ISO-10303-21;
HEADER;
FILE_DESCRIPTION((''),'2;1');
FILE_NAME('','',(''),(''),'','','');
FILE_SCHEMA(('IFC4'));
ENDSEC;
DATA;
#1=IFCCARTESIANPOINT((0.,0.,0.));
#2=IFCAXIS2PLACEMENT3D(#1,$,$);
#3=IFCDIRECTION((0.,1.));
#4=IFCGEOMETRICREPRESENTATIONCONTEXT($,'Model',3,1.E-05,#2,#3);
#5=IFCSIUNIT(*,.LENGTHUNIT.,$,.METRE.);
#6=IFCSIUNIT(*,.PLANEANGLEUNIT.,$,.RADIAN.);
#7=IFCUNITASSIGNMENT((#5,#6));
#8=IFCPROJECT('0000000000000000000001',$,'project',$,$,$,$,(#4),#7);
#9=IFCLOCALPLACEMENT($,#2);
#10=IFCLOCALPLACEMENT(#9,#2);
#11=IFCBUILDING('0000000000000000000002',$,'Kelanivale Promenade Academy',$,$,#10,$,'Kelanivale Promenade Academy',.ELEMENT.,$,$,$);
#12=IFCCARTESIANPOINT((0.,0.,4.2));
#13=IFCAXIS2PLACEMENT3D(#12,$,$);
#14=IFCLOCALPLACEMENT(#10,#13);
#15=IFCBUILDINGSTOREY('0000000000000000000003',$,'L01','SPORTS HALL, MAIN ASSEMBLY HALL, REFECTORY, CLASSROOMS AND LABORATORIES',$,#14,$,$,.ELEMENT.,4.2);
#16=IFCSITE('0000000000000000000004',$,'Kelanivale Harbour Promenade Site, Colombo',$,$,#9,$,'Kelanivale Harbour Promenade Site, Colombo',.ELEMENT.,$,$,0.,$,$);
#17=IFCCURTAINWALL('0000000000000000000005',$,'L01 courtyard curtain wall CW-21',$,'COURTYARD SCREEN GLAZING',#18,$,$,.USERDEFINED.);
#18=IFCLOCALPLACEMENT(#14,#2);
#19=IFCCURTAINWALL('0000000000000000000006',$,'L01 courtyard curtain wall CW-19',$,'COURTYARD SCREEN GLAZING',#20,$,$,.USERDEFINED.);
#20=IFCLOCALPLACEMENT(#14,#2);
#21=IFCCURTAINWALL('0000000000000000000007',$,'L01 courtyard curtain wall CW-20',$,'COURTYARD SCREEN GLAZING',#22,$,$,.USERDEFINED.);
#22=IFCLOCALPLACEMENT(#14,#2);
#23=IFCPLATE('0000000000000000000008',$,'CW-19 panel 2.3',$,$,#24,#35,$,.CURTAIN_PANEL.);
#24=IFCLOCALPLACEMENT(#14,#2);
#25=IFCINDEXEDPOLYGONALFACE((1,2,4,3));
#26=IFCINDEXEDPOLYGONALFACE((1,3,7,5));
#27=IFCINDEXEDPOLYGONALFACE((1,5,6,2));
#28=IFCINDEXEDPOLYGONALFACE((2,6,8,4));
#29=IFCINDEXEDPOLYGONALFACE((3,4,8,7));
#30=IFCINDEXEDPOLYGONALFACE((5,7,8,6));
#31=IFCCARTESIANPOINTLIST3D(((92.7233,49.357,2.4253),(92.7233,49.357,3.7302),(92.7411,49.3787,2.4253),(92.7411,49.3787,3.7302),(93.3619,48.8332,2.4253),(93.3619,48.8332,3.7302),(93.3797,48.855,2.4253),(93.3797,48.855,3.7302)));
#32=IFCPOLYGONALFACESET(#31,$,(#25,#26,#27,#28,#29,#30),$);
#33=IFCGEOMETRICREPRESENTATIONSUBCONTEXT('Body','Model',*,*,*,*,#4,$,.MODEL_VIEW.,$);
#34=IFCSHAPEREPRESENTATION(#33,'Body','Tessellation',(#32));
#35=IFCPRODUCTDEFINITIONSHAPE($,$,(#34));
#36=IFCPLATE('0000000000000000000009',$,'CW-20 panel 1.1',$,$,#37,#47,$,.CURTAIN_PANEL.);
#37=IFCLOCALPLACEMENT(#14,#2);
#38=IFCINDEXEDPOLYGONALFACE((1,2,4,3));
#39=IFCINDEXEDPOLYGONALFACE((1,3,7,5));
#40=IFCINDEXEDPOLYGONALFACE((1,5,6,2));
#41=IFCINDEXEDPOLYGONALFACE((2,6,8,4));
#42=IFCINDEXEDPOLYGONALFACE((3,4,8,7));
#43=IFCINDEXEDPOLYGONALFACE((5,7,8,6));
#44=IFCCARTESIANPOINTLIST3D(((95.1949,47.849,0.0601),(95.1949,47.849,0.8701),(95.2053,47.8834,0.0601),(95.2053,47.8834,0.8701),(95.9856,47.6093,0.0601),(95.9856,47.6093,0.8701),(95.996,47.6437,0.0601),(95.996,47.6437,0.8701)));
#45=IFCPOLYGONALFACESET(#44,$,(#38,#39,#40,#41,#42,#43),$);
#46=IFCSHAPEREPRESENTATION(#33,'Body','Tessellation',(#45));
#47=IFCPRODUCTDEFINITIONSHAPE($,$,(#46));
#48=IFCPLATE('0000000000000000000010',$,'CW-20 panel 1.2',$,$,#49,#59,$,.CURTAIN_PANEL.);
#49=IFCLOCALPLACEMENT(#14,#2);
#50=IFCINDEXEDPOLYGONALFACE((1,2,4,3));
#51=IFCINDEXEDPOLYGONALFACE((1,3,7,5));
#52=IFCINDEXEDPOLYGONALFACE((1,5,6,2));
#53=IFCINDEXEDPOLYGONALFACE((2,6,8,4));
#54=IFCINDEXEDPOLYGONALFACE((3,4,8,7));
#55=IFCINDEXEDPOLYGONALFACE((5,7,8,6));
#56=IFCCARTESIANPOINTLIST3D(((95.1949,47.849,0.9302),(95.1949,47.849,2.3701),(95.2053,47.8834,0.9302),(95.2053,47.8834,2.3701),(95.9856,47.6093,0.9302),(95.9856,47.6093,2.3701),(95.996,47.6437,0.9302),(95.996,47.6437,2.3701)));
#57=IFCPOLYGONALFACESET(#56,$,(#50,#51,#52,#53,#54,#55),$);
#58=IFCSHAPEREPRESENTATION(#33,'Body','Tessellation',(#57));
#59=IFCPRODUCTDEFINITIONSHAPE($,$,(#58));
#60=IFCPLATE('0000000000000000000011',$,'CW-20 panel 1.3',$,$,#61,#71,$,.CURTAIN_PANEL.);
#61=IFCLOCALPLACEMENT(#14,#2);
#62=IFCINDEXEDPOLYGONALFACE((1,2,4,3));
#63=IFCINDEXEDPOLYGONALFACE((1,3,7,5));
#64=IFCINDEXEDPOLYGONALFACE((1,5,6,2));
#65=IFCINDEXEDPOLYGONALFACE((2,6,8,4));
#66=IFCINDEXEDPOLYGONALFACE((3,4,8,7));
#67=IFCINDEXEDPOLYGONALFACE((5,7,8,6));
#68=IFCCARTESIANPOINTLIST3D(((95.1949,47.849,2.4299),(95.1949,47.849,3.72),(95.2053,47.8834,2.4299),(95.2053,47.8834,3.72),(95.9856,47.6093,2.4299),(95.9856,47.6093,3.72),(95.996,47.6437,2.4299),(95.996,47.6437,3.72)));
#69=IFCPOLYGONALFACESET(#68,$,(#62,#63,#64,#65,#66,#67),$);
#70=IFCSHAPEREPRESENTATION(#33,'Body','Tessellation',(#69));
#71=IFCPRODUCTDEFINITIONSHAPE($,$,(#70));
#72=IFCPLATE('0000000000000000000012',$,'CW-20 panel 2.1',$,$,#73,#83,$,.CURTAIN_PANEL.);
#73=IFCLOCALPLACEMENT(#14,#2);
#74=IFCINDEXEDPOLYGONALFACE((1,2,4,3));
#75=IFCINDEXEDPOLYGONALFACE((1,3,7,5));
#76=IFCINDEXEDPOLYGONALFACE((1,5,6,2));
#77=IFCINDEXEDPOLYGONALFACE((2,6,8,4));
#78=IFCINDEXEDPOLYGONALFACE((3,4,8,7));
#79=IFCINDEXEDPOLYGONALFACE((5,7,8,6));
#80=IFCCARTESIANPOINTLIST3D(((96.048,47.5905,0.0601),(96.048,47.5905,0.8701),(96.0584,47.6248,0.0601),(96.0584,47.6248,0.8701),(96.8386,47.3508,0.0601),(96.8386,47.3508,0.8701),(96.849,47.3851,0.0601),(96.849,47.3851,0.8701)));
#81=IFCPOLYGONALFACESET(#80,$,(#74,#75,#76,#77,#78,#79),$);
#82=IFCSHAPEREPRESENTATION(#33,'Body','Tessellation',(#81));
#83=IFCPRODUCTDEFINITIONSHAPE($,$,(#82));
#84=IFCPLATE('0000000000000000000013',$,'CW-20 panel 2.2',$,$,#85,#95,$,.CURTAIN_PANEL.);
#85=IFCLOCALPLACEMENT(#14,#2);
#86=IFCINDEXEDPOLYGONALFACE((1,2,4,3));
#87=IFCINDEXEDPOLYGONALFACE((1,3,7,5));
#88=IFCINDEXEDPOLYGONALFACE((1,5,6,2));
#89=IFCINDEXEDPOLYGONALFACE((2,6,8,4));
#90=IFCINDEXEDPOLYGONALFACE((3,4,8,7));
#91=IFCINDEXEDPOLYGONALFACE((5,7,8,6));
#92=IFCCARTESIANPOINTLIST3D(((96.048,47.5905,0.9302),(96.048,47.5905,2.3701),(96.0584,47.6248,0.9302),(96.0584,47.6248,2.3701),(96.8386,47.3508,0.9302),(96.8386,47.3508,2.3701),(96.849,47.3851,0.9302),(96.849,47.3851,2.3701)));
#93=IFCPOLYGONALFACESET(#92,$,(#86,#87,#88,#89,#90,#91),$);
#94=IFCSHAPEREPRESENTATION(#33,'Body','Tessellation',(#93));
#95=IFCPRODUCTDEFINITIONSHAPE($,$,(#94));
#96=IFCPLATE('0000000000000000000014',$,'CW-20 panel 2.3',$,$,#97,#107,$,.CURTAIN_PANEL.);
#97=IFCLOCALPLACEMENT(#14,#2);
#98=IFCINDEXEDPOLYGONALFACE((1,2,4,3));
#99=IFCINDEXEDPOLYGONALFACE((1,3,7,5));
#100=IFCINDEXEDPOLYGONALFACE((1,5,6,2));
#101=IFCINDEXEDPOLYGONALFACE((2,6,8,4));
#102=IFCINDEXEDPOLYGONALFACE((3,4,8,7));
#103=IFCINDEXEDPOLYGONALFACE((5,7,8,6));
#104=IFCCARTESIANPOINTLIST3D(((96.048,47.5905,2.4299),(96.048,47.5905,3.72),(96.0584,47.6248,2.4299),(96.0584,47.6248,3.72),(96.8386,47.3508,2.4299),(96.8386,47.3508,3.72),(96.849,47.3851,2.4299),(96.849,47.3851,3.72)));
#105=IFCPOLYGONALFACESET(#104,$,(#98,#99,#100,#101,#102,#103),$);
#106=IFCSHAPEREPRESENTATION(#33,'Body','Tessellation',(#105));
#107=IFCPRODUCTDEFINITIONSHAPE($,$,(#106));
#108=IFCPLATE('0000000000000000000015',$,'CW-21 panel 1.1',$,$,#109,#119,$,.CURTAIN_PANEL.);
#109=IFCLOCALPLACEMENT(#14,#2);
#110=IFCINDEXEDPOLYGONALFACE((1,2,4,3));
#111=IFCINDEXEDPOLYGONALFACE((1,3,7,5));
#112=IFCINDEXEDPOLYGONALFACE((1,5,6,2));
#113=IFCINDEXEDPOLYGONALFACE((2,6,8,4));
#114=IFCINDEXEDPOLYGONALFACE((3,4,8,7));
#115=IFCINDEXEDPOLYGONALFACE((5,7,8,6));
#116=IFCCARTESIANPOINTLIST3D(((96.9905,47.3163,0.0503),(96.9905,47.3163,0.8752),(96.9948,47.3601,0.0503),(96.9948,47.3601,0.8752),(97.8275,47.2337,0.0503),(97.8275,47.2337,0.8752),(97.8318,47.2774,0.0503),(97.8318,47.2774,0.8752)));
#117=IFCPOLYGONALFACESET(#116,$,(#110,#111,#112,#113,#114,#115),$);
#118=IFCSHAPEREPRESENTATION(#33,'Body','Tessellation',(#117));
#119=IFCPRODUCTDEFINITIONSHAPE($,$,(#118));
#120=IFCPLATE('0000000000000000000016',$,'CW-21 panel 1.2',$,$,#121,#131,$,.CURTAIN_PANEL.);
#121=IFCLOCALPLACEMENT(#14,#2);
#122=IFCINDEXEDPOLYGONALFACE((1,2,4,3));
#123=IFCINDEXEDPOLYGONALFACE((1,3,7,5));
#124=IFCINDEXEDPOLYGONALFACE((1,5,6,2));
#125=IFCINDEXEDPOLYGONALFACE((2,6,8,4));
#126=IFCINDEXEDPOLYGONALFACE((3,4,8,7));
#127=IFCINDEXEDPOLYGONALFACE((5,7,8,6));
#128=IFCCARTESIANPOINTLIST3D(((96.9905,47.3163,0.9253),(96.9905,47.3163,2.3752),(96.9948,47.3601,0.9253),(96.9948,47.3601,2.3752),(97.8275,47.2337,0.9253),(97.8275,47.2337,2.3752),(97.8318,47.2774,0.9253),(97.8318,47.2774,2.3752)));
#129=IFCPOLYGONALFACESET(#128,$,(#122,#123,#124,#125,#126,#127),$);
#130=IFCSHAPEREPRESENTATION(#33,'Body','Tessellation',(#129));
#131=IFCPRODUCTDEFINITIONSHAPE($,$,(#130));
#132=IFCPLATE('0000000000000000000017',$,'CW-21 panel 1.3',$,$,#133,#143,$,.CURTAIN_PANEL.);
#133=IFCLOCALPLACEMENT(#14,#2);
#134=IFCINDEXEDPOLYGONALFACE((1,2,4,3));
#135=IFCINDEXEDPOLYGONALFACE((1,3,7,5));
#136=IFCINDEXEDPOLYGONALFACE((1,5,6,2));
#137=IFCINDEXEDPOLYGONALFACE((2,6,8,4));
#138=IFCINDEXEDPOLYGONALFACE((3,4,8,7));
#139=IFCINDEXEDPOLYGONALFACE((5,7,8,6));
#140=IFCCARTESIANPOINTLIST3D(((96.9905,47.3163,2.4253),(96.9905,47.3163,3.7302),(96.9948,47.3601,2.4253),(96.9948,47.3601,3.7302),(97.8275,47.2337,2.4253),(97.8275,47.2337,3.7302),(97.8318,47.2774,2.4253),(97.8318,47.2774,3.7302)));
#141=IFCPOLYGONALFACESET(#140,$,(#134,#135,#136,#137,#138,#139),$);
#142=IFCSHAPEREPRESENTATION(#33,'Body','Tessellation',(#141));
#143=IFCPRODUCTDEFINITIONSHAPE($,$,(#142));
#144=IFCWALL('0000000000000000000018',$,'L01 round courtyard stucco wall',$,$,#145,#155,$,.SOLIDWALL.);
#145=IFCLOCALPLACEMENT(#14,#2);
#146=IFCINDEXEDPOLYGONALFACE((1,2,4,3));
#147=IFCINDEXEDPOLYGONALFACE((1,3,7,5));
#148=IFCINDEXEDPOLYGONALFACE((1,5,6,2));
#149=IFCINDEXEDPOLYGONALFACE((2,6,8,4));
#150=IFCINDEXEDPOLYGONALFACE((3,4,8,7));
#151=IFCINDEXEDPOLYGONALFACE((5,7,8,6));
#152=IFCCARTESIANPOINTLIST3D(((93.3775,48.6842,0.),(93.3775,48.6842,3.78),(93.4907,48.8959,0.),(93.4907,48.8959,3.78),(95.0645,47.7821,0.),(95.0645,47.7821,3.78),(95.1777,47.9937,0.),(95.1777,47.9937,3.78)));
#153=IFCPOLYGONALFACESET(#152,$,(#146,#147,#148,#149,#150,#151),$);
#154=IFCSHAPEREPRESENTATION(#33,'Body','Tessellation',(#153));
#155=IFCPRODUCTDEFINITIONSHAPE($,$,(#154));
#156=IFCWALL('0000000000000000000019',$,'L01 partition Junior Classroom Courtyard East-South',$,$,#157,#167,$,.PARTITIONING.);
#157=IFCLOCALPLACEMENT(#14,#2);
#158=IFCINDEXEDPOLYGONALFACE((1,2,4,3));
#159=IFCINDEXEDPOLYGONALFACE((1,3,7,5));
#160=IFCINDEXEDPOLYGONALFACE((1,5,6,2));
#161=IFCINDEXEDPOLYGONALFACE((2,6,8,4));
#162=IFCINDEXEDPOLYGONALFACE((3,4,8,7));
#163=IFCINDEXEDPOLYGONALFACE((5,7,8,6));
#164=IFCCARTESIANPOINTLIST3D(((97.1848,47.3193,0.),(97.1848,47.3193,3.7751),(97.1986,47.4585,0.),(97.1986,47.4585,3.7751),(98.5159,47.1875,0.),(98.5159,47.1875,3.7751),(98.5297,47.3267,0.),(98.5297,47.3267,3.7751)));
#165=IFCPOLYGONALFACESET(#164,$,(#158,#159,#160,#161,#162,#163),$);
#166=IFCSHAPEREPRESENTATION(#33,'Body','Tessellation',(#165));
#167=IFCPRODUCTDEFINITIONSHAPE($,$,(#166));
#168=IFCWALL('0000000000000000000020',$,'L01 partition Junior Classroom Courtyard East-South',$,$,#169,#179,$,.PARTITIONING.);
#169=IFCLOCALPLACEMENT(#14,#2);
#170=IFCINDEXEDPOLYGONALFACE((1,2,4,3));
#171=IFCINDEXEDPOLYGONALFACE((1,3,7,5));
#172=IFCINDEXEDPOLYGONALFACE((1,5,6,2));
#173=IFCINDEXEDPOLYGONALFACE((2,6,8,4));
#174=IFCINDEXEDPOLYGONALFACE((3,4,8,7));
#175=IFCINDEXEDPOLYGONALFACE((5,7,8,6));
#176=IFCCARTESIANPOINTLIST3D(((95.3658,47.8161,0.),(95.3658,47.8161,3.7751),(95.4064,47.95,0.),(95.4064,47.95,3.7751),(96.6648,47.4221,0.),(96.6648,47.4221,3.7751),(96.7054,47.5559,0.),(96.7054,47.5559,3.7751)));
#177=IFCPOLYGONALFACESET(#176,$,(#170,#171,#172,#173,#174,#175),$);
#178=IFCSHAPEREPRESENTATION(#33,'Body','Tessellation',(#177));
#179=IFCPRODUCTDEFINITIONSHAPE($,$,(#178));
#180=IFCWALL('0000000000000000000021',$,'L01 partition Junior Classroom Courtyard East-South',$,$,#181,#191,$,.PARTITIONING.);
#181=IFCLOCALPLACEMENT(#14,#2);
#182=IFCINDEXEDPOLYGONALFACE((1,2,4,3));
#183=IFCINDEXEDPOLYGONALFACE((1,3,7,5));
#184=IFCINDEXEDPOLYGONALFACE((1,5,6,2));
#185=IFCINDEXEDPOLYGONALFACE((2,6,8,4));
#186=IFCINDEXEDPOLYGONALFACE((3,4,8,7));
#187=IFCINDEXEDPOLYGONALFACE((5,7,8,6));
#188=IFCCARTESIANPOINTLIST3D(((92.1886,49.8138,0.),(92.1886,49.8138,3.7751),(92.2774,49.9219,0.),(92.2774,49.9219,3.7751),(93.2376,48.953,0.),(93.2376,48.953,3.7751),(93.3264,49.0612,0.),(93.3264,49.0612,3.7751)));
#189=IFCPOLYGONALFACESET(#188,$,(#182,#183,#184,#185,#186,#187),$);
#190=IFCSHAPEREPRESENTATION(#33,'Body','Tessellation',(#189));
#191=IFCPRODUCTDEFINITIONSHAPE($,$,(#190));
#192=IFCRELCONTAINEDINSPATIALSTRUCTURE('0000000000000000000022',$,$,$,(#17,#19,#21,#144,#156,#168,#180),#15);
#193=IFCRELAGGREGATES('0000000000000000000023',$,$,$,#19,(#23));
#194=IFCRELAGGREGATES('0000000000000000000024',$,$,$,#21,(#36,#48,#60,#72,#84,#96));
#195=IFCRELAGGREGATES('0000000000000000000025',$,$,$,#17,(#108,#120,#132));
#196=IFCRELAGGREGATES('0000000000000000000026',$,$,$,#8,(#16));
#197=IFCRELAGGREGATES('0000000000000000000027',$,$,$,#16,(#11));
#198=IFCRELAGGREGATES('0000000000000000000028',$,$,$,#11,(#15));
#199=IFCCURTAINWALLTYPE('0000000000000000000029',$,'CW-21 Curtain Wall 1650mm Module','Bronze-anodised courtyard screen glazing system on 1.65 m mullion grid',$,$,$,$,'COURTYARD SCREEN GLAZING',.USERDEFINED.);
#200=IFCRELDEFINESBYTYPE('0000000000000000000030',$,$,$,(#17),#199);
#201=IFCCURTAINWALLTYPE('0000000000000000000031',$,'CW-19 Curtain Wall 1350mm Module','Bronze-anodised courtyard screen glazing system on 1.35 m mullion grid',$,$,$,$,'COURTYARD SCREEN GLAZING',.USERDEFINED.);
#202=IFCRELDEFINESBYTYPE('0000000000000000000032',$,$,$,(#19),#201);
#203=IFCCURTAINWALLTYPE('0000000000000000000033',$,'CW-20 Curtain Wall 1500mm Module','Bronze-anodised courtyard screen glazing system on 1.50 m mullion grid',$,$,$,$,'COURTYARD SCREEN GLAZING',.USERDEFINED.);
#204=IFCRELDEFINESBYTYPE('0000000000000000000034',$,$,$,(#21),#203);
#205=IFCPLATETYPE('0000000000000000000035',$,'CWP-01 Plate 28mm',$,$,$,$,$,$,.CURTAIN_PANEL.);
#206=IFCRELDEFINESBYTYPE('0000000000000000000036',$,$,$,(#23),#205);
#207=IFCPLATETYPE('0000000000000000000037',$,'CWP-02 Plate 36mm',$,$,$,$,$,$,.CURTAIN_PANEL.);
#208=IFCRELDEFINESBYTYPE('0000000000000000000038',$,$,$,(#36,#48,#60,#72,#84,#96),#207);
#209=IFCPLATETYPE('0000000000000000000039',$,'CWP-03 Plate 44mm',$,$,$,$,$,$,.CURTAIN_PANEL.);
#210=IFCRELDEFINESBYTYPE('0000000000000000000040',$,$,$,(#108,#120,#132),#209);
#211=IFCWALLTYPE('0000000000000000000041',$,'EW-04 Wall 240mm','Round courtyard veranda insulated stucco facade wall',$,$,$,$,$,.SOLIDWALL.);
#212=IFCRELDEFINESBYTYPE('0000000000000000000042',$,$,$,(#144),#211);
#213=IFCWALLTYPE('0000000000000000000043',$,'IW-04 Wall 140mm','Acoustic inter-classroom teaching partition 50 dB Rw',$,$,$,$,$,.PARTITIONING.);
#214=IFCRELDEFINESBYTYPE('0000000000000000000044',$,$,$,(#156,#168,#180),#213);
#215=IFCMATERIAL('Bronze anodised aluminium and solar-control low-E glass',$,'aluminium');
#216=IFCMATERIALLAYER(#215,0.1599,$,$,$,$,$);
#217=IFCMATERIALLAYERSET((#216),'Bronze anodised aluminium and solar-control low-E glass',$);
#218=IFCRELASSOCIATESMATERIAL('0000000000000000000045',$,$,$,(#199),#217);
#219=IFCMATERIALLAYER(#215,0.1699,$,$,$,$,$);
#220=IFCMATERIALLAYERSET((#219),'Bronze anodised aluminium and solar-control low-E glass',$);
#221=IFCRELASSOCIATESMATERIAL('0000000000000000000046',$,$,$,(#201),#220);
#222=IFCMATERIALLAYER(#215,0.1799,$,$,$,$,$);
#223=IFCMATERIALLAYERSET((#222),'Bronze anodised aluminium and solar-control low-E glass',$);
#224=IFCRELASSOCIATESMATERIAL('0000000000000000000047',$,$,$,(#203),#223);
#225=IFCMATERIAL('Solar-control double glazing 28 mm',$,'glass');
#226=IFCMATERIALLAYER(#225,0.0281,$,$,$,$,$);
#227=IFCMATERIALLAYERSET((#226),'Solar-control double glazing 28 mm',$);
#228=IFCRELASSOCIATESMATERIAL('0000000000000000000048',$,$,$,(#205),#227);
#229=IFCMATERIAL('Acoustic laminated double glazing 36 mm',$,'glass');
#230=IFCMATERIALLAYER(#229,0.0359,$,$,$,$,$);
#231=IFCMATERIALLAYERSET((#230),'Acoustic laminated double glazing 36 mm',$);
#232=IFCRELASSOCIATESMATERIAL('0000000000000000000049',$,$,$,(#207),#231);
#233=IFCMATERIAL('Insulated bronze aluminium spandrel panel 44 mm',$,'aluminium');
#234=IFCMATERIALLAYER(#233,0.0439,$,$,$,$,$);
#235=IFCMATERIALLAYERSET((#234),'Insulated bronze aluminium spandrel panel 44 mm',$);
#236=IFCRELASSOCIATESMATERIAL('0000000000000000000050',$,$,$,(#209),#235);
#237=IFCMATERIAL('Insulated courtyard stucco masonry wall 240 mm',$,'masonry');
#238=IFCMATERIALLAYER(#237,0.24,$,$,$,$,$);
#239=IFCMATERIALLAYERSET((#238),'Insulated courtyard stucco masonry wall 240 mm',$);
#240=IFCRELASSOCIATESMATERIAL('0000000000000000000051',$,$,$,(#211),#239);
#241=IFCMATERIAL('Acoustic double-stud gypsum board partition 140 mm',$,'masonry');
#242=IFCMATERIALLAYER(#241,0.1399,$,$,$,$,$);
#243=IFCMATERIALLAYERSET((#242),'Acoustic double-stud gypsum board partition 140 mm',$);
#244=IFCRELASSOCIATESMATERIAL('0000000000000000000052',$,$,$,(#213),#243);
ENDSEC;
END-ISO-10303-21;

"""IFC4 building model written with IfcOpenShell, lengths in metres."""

from ifc_helpers import new_model, si_unit, direction, frame, frame_2d, origin, origin_2d, place, context, subcontext, project, spatial, rectangle, extrude, material, layer, layer_set, type_object, element, aggregate, save


model = new_model("IFC4")

# Units and contexts
model_context = context("Model", 3, precision=1e-05, world=origin(), true_north=direction((0.0, 1.0)))
body_context = subcontext(model_context, "Body", "Model", "MODEL_VIEW")
ifc_project = project(units=[si_unit("LENGTHUNIT", "METRE"), si_unit("PLANEANGLEUNIT", "RADIAN")], contexts=[model_context])

# Site, building, storey
site_placement = place(None, origin())
site = spatial("IfcSite", under=ifc_project, at=site_placement, Name="Kelanivale Harbour Promenade Site, Colombo", LongName="Kelanivale Harbour Promenade Site, Colombo", CompositionType="ELEMENT", RefElevation=0.0)
building_placement = place(site_placement, origin())
building = spatial("IfcBuilding", under=site, at=building_placement, Name="Kelanivale Promenade Academy", LongName="Kelanivale Promenade Academy", CompositionType="ELEMENT")
storey_placement = place(building_placement, frame((0.0, 0.0, 4.2)))
storey = spatial("IfcBuildingStorey", under=building, at=storey_placement, Name="L01", Description="SPORTS HALL, MAIN ASSEMBLY HALL, REFECTORY, CLASSROOMS AND LABORATORIES", CompositionType="ELEMENT", Elevation=4.2)

# Curtain wall
ifc_material_1 = material(Name="Bronze anodised aluminium and solar-control low-E glass", Category="aluminium")
ifc_layer_1 = layer(ifc_material_1, 0.1599)
ifc_layer_set_1 = layer_set([ifc_layer_1], Name="Bronze anodised aluminium and solar-control low-E glass")
curtain_wall_type_1 = type_object("IfcCurtainWallType", Name="CW-21 Curtain Wall 1650mm Module", Description="Bronze-anodised courtyard screen glazing system on 1.65 m mullion grid", ElementType="COURTYARD SCREEN GLAZING", PredefinedType="USERDEFINED", material=ifc_layer_set_1)
curtain_wall_1_placement = place(storey_placement, origin())
curtain_wall_1 = element("IfcCurtainWall", 1, at=curtain_wall_1_placement, inside=storey, type_object=curtain_wall_type_1, Name="L01 courtyard curtain wall CW-21", ObjectType="COURTYARD SCREEN GLAZING", PredefinedType="USERDEFINED")

# Curtain wall
ifc_layer_2 = layer(ifc_material_1, 0.1699)
ifc_layer_set_2 = layer_set([ifc_layer_2], Name="Bronze anodised aluminium and solar-control low-E glass")
curtain_wall_type_2 = type_object("IfcCurtainWallType", Name="CW-19 Curtain Wall 1350mm Module", Description="Bronze-anodised courtyard screen glazing system on 1.35 m mullion grid", ElementType="COURTYARD SCREEN GLAZING", PredefinedType="USERDEFINED", material=ifc_layer_set_2)
curtain_wall_2_placement = place(storey_placement, origin())
curtain_wall_2 = element("IfcCurtainWall", 2, at=curtain_wall_2_placement, inside=storey, type_object=curtain_wall_type_2, Name="L01 courtyard curtain wall CW-19", ObjectType="COURTYARD SCREEN GLAZING", PredefinedType="USERDEFINED")

# Curtain wall
ifc_layer_3 = layer(ifc_material_1, 0.1799)
ifc_layer_set_3 = layer_set([ifc_layer_3], Name="Bronze anodised aluminium and solar-control low-E glass")
curtain_wall_type_3 = type_object("IfcCurtainWallType", Name="CW-20 Curtain Wall 1500mm Module", Description="Bronze-anodised courtyard screen glazing system on 1.50 m mullion grid", ElementType="COURTYARD SCREEN GLAZING", PredefinedType="USERDEFINED", material=ifc_layer_set_3)
curtain_wall_3_placement = place(storey_placement, origin())
curtain_wall_3 = element("IfcCurtainWall", 3, at=curtain_wall_3_placement, inside=storey, type_object=curtain_wall_type_3, Name="L01 courtyard curtain wall CW-20", ObjectType="COURTYARD SCREEN GLAZING", PredefinedType="USERDEFINED")

# Plates
ifc_material_2 = material(Name="Solar-control double glazing 28 mm", Category="glass")
ifc_layer_4 = layer(ifc_material_2, 0.0281)
ifc_layer_set_4 = layer_set([ifc_layer_4], Name="Solar-control double glazing 28 mm")
plate_type_1 = type_object("IfcPlateType", Name="CWP-01 Plate 28mm", PredefinedType="CURTAIN_PANEL", material=ifc_layer_set_4)
plate_1_placement = place(storey_placement, frame((93.0515, 49.106, 2.4253), z_axis=(0.0, 0.0, 1.0), x_axis=(0.773257, -0.634093, 0.0)))
plate_1 = element("IfcPlate", 4, at=plate_1_placement, type_object=plate_type_1, Name="CW-19 panel 2.3", PredefinedType="CURTAIN_PANEL", context=body_context, shape_type="SweptSolid", body=[
    extrude(rectangle(XDim=0.8259, YDim=0.0281, at=origin_2d()), origin(), (0.0, 0.0, 1.0), 1.3049),
])
aggregate(curtain_wall_2, [plate_1])
ifc_material_3 = material(Name="Acoustic laminated double glazing 36 mm", Category="glass")
ifc_layer_5 = layer(ifc_material_3, 0.0359)
ifc_layer_set_5 = layer_set([ifc_layer_5], Name="Acoustic laminated double glazing 36 mm")
plate_type_2 = type_object("IfcPlateType", Name="CWP-02 Plate 36mm", PredefinedType="CURTAIN_PANEL", material=ifc_layer_set_5)
plate_2_placement = place(storey_placement, frame((95.5955, 47.7463, 0.0601), z_axis=(0.0, 0.0, 1.0), x_axis=(0.956988, -0.290128, 0.0)))
plate_2 = element("IfcPlate", 5, at=plate_2_placement, type_object=plate_type_2, Name="CW-20 panel 1.1", PredefinedType="CURTAIN_PANEL", context=body_context, shape_type="SweptSolid", body=[
    extrude(rectangle(XDim=0.8262, YDim=0.0359, at=origin_2d()), origin(), (0.0, 0.0, 1.0), 0.8101),
])
plate_3_placement = place(storey_placement, frame((95.5955, 47.7463, 0.9302), z_axis=(0.0, 0.0, 1.0), x_axis=(0.956988, -0.290128, 0.0)))
plate_3 = element("IfcPlate", 6, at=plate_3_placement, type_object=plate_type_2, Name="CW-20 panel 1.2", PredefinedType="CURTAIN_PANEL", context=body_context, shape_type="SweptSolid", body=[
    extrude(rectangle(XDim=0.8262, YDim=0.0359, at=origin_2d()), origin(), (0.0, 0.0, 1.0), 1.4399),
])
plate_4_placement = place(storey_placement, frame((95.5955, 47.7463, 2.4299), z_axis=(0.0, 0.0, 1.0), x_axis=(0.956988, -0.290128, 0.0)))
plate_4 = element("IfcPlate", 7, at=plate_4_placement, type_object=plate_type_2, Name="CW-20 panel 1.3", PredefinedType="CURTAIN_PANEL", context=body_context, shape_type="SweptSolid", body=[
    extrude(rectangle(XDim=0.8262, YDim=0.0359, at=origin_2d()), origin(), (0.0, 0.0, 1.0), 1.29),
])
plate_5_placement = place(storey_placement, frame((96.4485, 47.4878, 0.0601), z_axis=(0.0, 0.0, 1.0), x_axis=(0.956988, -0.290128, 0.0)))
plate_5 = element("IfcPlate", 8, at=plate_5_placement, type_object=plate_type_2, Name="CW-20 panel 2.1", PredefinedType="CURTAIN_PANEL", context=body_context, shape_type="SweptSolid", body=[
    extrude(rectangle(XDim=0.8262, YDim=0.0359, at=origin_2d()), origin(), (0.0, 0.0, 1.0), 0.8101),
])
plate_6_placement = place(storey_placement, frame((96.4485, 47.4878, 0.9302), z_axis=(0.0, 0.0, 1.0), x_axis=(0.956988, -0.290128, 0.0)))
plate_6 = element("IfcPlate", 9, at=plate_6_placement, type_object=plate_type_2, Name="CW-20 panel 2.2", PredefinedType="CURTAIN_PANEL", context=body_context, shape_type="SweptSolid", body=[
    extrude(rectangle(XDim=0.8262, YDim=0.0359, at=origin_2d()), origin(), (0.0, 0.0, 1.0), 1.4399),
])
plate_7_placement = place(storey_placement, frame((96.4485, 47.4878, 2.4299), z_axis=(0.0, 0.0, 1.0), x_axis=(0.956988, -0.290128, 0.0)))
plate_7 = element("IfcPlate", 10, at=plate_7_placement, type_object=plate_type_2, Name="CW-20 panel 2.3", PredefinedType="CURTAIN_PANEL", context=body_context, shape_type="SweptSolid", body=[
    extrude(rectangle(XDim=0.8262, YDim=0.0359, at=origin_2d()), origin(), (0.0, 0.0, 1.0), 1.29),
])
aggregate(curtain_wall_3, [plate_2, plate_3, plate_4, plate_5, plate_6, plate_7])
ifc_material_4 = material(Name="Insulated bronze aluminium spandrel panel 44 mm", Category="aluminium")
ifc_layer_6 = layer(ifc_material_4, 0.0439)
ifc_layer_set_6 = layer_set([ifc_layer_6], Name="Insulated bronze aluminium spandrel panel 44 mm")
plate_type_3 = type_object("IfcPlateType", Name="CWP-03 Plate 44mm", PredefinedType="CURTAIN_PANEL", material=ifc_layer_set_6)
plate_8_placement = place(storey_placement, frame((97.4111, 47.2969, 0.0503), z_axis=(0.0, 0.0, 1.0), x_axis=(0.995159, -0.098281, 0.0)))
plate_8 = element("IfcPlate", 11, at=plate_8_placement, type_object=plate_type_3, Name="CW-21 panel 1.1", PredefinedType="CURTAIN_PANEL", context=body_context, shape_type="SweptSolid", body=[
    extrude(rectangle(XDim=0.8411, YDim=0.0439, at=origin_2d()), origin(), (0.0, 0.0, 1.0), 0.825),
])
plate_9_placement = place(storey_placement, frame((97.4111, 47.2969, 0.9253), z_axis=(0.0, 0.0, 1.0), x_axis=(0.995159, -0.098281, 0.0)))
plate_9 = element("IfcPlate", 12, at=plate_9_placement, type_object=plate_type_3, Name="CW-21 panel 1.2", PredefinedType="CURTAIN_PANEL", context=body_context, shape_type="SweptSolid", body=[
    extrude(rectangle(XDim=0.8411, YDim=0.0439, at=origin_2d()), origin(), (0.0, 0.0, 1.0), 1.45),
])
plate_10_placement = place(storey_placement, frame((97.4111, 47.2969, 2.4253), z_axis=(0.0, 0.0, 1.0), x_axis=(0.995159, -0.098281, 0.0)))
plate_10 = element("IfcPlate", 13, at=plate_10_placement, type_object=plate_type_3, Name="CW-21 panel 1.3", PredefinedType="CURTAIN_PANEL", context=body_context, shape_type="SweptSolid", body=[
    extrude(rectangle(XDim=0.8411, YDim=0.0439, at=origin_2d()), origin(), (0.0, 0.0, 1.0), 1.3049),
])
aggregate(curtain_wall_1, [plate_8, plate_9, plate_10])

# Walls
ifc_material_5 = material(Name="Insulated courtyard stucco masonry wall 240 mm", Category="masonry")
ifc_layer_7 = layer(ifc_material_5, 0.24)
ifc_layer_set_7 = layer_set([ifc_layer_7], Name="Insulated courtyard stucco masonry wall 240 mm")
wall_type_1 = type_object("IfcWallType", Name="EW-04 Wall 240mm", Description="Round courtyard veranda insulated stucco facade wall", PredefinedType="SOLIDWALL", material=ifc_layer_set_7)
wall_1_placement = place(storey_placement, frame((93.4341, 48.79, 0.0), z_axis=(0.0, 0.0, 1.0), x_axis=(0.88184, -0.471548, 0.0)))
element("IfcWall", 14, at=wall_1_placement, inside=storey, type_object=wall_type_1, Name="L01 round courtyard stucco wall", PredefinedType="SOLIDWALL", context=body_context, shape_type="SweptSolid", body=[
    extrude(rectangle(XDim=1.9131, YDim=0.24, at=frame_2d((0.9565, 0.0))), origin(), (0.0, 0.0, 1.0), 3.78),
])
ifc_material_6 = material(Name="Acoustic double-stud gypsum board partition 140 mm", Category="masonry")
ifc_layer_8 = layer(ifc_material_6, 0.1399)
ifc_layer_set_8 = layer_set([ifc_layer_8], Name="Acoustic double-stud gypsum board partition 140 mm")
wall_type_2 = type_object("IfcWallType", Name="IW-04 Wall 140mm", Description="Acoustic inter-classroom teaching partition 50 dB Rw", PredefinedType="PARTITIONING", material=ifc_layer_set_8)
wall_2_placement = place(storey_placement, frame((98.5229, 47.2571, 0.0), z_axis=(0.0, 0.0, 1.0), x_axis=(-0.995131, 0.098564, 0.0)))
element("IfcWall", 15, at=wall_2_placement, inside=storey, type_object=wall_type_2, Name="L01 partition Junior Classroom Courtyard East-South", PredefinedType="PARTITIONING", context=body_context, shape_type="SweptSolid", body=[
    extrude(rectangle(XDim=1.3376, YDim=0.1399, at=frame_2d((0.6689, 0.0))), origin(), (0.0, 0.0, 1.0), 3.7751),
])
wall_3_placement = place(storey_placement, frame((96.6851, 47.489, 0.0), z_axis=(0.0, 0.0, 1.0), x_axis=(-0.956946, 0.290267, 0.0)))
element("IfcWall", 16, at=wall_3_placement, inside=storey, type_object=wall_type_2, Name="L01 partition Junior Classroom Courtyard East-South", PredefinedType="PARTITIONING", context=body_context, shape_type="SweptSolid", body=[
    extrude(rectangle(XDim=1.3574, YDim=0.1399, at=frame_2d((0.6787, 0.0))), origin(), (0.0, 0.0, 1.0), 3.7751),
])
wall_4_placement = place(storey_placement, frame((93.282, 49.0071, 0.0), z_axis=(0.0, 0.0, 1.0), x_axis=(-0.773051, 0.634344, 0.0)))
element("IfcWall", 17, at=wall_4_placement, inside=storey, type_object=wall_type_2, Name="L01 partition Junior Classroom Courtyard East-South", PredefinedType="PARTITIONING", context=body_context, shape_type="SweptSolid", body=[
    extrude(rectangle(XDim=1.3569, YDim=0.1399, at=frame_2d((0.6785, 0.0))), origin(), (0.0, 0.0, 1.0), 3.7751),
])

save(model, "model.ifc")
